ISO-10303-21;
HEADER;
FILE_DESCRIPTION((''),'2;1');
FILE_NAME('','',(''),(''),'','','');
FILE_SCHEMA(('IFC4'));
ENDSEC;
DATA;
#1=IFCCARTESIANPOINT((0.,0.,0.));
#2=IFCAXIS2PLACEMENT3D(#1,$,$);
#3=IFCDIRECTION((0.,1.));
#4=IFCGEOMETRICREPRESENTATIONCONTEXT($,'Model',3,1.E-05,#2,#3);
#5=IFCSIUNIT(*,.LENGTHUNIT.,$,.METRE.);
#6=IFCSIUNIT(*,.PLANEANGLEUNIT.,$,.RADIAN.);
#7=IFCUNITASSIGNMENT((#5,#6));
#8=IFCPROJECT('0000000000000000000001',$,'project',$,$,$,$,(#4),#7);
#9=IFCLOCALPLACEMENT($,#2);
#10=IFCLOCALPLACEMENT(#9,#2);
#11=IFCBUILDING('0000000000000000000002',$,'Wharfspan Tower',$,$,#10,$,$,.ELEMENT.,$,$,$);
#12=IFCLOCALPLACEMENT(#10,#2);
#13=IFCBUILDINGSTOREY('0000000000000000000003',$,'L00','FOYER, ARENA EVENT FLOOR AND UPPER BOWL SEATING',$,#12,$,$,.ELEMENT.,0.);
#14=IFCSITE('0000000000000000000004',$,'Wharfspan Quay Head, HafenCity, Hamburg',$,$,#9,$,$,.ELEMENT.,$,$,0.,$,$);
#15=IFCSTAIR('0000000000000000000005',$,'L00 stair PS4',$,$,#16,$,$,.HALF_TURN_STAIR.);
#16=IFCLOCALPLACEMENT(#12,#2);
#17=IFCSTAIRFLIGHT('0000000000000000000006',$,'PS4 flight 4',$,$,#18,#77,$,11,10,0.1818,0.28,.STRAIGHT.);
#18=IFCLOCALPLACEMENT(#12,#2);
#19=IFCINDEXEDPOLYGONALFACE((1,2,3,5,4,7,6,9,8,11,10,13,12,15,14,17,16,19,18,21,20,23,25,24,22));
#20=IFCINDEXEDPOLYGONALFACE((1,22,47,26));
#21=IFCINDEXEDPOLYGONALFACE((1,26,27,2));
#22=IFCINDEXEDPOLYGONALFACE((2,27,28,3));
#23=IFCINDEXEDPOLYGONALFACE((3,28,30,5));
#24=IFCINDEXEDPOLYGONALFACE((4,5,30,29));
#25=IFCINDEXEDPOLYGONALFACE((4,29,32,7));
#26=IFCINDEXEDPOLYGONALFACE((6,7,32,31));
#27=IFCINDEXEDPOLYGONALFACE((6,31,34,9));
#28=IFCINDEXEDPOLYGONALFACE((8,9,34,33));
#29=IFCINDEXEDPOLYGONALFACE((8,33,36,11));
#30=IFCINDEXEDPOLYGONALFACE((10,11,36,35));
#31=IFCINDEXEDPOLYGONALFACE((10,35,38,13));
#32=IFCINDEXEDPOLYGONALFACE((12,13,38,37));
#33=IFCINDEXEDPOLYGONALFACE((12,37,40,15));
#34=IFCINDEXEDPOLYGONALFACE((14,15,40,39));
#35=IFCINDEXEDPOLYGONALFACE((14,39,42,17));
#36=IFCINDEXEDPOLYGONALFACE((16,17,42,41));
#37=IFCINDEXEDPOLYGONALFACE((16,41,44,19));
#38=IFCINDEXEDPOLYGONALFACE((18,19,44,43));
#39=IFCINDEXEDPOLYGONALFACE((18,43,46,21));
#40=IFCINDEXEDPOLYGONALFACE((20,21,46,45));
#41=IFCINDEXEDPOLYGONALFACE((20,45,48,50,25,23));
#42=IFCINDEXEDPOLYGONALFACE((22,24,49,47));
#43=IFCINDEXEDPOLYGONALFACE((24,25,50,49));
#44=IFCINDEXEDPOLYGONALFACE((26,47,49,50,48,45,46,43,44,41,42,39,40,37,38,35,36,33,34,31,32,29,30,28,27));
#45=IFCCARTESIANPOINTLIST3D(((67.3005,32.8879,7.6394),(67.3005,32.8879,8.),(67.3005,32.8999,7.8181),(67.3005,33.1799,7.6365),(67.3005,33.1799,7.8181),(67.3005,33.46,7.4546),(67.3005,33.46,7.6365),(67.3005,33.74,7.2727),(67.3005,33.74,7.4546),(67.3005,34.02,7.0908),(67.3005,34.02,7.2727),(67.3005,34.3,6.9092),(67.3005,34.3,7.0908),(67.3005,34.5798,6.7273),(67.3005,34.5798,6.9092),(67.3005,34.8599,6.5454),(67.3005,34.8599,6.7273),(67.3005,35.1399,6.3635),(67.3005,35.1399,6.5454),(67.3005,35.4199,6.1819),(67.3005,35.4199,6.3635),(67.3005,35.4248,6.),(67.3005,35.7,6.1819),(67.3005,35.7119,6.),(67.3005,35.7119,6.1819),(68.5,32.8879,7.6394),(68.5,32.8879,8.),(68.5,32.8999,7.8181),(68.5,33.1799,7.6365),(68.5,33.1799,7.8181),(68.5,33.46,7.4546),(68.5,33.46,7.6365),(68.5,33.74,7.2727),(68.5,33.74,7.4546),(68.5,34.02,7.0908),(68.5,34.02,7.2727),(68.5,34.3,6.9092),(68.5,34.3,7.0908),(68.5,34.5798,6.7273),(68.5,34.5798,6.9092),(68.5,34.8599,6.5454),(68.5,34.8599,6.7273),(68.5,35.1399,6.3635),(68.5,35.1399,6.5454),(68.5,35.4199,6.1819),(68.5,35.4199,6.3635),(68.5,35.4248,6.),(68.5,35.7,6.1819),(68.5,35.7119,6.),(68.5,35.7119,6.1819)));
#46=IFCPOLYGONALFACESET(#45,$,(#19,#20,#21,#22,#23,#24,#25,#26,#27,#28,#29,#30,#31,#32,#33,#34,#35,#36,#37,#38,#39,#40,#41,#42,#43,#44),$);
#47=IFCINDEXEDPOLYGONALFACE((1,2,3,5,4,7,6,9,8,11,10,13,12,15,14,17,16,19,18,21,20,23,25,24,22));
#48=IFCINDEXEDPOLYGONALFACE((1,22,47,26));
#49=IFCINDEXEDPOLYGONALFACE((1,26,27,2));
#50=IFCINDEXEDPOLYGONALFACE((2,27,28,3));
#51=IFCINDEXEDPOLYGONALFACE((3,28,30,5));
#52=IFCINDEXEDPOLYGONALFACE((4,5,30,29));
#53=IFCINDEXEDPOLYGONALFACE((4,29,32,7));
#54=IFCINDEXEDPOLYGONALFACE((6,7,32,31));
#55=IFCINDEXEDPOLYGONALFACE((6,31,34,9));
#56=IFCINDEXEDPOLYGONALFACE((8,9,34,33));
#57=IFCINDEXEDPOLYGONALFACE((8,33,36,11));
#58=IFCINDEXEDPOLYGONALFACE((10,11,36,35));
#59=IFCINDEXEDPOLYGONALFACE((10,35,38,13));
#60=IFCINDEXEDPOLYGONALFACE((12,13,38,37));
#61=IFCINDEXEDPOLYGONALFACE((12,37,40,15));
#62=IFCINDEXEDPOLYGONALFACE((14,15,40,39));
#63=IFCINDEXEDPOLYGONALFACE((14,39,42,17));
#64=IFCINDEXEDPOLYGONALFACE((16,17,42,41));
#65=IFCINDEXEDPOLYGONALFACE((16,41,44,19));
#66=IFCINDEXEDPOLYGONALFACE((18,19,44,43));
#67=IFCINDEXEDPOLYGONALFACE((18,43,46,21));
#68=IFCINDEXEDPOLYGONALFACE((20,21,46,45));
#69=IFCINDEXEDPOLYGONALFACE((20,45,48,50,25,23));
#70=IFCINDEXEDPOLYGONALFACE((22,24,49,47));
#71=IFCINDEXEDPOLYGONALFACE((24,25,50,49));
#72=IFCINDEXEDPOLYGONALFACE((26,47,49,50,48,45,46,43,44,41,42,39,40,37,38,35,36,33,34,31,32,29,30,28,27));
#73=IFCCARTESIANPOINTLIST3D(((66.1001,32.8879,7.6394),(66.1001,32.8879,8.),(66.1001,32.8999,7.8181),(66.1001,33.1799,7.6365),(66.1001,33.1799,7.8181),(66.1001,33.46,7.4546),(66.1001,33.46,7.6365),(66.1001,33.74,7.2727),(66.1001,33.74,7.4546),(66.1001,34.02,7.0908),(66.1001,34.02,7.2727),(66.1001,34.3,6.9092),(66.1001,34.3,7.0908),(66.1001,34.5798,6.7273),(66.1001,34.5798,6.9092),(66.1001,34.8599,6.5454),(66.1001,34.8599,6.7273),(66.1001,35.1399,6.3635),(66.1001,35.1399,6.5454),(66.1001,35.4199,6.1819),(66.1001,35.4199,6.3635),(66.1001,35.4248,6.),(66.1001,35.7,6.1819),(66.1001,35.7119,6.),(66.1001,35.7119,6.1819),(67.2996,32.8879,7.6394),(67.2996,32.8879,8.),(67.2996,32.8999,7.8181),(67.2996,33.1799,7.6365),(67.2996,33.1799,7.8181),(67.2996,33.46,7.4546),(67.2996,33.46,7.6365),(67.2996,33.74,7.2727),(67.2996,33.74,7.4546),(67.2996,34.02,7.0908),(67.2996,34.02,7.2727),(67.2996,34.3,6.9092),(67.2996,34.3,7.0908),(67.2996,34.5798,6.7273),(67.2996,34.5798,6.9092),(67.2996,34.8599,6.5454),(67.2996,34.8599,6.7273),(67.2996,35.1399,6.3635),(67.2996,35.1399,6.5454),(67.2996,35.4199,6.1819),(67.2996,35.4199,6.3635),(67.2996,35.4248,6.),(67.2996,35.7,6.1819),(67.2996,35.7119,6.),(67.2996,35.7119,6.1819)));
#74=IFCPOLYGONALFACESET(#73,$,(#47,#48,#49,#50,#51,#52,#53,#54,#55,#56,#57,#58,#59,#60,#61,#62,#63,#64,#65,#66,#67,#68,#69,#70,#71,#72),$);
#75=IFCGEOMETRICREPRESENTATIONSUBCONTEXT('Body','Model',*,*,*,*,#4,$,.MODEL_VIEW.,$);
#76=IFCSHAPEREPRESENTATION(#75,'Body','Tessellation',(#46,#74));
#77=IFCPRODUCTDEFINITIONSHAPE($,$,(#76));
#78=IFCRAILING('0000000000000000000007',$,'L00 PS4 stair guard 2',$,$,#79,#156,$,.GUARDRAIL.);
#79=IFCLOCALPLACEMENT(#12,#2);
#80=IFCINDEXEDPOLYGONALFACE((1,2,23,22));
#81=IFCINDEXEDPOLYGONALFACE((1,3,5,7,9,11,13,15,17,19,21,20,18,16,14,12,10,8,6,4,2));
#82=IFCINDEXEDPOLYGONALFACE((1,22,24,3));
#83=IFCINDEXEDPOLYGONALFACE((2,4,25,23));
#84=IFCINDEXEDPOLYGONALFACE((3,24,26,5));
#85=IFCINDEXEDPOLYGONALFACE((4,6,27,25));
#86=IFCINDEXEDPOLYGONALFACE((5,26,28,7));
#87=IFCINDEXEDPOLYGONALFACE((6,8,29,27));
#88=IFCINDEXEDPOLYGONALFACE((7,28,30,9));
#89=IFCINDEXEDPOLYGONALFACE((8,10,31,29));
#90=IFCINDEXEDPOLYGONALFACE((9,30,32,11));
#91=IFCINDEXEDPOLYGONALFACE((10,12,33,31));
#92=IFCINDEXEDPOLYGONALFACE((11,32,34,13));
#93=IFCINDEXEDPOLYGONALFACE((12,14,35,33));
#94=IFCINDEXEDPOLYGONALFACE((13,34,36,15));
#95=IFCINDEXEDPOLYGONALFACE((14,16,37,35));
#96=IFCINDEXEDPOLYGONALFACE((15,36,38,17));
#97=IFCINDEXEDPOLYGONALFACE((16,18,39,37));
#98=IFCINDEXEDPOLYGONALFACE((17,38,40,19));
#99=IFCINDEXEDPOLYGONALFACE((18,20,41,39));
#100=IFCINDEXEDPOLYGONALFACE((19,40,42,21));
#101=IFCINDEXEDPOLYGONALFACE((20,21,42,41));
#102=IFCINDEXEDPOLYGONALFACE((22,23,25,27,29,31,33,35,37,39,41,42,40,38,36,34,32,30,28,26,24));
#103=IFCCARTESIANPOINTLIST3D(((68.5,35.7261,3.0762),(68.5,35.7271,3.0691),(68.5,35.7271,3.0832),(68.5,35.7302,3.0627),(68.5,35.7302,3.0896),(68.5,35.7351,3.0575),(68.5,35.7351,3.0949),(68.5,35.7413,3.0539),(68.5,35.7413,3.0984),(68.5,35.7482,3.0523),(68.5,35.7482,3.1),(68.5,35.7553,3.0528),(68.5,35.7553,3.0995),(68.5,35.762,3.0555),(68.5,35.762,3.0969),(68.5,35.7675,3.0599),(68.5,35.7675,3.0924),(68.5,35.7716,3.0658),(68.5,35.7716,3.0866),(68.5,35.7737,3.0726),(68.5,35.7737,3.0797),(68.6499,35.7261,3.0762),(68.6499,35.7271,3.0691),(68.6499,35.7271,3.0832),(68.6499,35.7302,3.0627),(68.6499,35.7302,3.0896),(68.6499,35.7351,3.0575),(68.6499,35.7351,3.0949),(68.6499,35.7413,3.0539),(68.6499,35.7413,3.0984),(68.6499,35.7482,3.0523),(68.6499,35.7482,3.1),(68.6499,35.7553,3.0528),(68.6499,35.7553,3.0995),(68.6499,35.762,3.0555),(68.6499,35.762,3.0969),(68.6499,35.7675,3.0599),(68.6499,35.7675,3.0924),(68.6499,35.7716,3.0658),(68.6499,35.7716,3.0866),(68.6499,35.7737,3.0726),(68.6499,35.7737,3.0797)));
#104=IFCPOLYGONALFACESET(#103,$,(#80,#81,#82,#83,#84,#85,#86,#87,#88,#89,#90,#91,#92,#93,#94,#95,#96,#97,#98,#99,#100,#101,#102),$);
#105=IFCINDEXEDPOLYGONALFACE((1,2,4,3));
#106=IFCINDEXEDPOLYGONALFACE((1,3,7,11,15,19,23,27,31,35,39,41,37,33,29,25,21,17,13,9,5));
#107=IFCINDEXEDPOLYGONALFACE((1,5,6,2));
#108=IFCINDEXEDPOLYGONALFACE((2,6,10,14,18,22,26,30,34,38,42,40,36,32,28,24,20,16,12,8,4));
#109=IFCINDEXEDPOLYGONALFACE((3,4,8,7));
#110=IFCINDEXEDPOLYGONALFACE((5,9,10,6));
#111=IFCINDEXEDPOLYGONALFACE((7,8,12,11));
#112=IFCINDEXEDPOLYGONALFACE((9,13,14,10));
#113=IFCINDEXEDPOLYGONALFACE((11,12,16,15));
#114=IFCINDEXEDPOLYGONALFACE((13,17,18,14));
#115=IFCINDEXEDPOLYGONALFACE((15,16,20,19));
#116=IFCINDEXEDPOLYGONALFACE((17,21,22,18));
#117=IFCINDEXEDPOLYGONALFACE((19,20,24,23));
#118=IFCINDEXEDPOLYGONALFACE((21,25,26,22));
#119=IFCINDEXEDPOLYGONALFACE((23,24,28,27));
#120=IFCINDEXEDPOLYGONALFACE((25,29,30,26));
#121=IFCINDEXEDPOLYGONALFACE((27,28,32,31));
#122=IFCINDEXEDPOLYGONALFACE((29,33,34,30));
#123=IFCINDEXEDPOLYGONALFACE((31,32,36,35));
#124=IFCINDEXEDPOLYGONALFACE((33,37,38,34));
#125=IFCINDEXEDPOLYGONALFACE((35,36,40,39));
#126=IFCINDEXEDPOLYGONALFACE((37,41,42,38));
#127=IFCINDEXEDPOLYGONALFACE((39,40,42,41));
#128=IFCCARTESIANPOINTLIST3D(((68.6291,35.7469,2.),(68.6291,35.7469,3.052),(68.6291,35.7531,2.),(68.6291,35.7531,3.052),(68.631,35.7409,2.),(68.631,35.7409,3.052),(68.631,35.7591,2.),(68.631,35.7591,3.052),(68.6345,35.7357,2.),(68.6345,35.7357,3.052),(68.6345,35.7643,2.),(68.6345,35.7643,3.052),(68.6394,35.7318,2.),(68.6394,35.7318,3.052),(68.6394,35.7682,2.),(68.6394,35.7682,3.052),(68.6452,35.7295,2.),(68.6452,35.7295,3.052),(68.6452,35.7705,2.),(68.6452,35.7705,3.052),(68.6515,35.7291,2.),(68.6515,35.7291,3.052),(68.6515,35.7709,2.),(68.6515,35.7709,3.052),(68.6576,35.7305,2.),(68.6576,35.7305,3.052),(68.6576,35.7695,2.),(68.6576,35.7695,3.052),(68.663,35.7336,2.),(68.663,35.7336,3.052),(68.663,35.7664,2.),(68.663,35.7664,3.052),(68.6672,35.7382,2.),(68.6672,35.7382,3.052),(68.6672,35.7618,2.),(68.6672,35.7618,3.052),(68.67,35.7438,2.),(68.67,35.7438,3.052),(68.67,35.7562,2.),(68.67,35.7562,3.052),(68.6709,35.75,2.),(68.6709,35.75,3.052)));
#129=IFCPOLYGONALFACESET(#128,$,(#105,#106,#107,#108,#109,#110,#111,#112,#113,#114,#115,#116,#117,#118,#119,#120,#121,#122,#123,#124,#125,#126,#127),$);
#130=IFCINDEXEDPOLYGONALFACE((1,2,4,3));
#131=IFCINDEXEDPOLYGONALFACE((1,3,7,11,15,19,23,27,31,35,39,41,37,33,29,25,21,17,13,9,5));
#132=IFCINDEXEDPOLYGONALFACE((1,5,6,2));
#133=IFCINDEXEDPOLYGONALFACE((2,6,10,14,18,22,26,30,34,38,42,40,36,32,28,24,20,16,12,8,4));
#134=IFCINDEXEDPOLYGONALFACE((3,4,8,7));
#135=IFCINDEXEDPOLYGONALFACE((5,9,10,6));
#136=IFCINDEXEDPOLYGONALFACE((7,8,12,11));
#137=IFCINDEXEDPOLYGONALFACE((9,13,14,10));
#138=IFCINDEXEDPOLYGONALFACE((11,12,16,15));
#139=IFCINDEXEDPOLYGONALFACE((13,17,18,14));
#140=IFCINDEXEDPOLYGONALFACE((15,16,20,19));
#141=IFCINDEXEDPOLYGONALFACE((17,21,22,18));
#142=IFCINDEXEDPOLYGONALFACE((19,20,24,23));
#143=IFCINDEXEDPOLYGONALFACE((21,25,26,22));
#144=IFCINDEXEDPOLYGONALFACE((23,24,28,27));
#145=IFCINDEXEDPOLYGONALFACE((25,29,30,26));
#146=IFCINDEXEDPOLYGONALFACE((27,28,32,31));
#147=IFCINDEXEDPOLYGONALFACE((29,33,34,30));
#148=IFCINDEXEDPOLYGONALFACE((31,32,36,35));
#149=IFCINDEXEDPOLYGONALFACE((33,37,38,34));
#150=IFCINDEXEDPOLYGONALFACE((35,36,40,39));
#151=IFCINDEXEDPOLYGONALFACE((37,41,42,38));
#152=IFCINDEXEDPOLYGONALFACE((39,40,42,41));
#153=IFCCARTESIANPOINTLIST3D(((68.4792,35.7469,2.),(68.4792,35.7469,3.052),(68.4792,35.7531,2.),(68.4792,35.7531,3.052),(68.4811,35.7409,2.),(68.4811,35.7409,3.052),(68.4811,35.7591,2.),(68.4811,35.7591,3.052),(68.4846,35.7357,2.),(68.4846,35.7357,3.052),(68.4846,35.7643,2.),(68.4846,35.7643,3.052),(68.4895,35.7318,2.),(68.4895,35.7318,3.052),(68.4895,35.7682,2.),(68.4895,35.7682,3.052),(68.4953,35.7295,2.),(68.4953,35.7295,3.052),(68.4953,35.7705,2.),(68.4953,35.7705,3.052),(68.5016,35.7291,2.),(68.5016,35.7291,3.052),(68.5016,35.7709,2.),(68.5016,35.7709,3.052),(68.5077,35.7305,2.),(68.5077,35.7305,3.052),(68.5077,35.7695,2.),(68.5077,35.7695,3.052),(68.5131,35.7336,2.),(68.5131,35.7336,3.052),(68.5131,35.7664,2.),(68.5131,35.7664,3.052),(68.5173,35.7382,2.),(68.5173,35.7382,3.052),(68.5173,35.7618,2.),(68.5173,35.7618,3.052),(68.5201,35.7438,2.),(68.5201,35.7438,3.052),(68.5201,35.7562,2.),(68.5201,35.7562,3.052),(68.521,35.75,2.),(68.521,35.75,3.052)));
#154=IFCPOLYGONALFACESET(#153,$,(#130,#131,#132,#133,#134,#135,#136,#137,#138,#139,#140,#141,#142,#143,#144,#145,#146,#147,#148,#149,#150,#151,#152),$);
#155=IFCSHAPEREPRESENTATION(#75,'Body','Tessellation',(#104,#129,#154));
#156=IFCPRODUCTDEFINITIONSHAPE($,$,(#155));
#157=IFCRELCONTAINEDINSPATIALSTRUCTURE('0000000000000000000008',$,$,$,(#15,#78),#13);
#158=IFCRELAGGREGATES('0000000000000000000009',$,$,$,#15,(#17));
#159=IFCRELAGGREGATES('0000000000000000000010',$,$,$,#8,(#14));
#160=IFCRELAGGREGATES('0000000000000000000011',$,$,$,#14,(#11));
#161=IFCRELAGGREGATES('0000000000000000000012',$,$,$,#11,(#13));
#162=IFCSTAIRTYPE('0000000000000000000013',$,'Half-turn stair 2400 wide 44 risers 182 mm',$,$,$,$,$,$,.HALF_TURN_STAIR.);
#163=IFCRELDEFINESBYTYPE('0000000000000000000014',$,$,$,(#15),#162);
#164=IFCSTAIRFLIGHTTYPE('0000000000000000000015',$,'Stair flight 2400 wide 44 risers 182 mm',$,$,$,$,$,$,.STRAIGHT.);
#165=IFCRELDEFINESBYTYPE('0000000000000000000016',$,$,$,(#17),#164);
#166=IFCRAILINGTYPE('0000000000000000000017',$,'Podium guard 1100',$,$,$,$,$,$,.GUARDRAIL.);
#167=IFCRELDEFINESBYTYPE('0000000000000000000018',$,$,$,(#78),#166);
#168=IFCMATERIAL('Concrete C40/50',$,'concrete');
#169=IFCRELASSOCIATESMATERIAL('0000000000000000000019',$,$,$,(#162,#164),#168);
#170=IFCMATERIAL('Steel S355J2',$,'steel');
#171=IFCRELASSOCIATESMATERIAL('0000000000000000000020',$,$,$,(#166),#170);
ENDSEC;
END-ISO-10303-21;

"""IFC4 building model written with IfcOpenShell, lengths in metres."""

from ifc_helpers import new_model, si_unit, direction, frame, origin, origin_2d, place, context, subcontext, project, spatial, polyline, circle, outline, extrude, material, type_object, element, aggregate, save


model = new_model("IFC4")

# Units and contexts
model_context = context("Model", 3, precision=1e-05, world=origin(), true_north=direction((0.0, 1.0)))
body_context = subcontext(model_context, "Body", "Model", "MODEL_VIEW")
ifc_project = project(units=[si_unit("LENGTHUNIT", "METRE"), si_unit("PLANEANGLEUNIT", "RADIAN")], contexts=[model_context])

# Site, building, storey
site_placement = place(None, origin())
site = spatial("IfcSite", under=ifc_project, at=site_placement, Name="Wharfspan Quay Head, HafenCity, Hamburg", CompositionType="ELEMENT", RefElevation=0.0)
building_placement = place(site_placement, origin())
building = spatial("IfcBuilding", under=site, at=building_placement, Name="Wharfspan Tower", CompositionType="ELEMENT")
storey_placement = place(building_placement, origin())
storey = spatial("IfcBuildingStorey", under=building, at=storey_placement, Name="L00", Description="FOYER, ARENA EVENT FLOOR AND UPPER BOWL SEATING", CompositionType="ELEMENT", Elevation=0.0)

# Shared definitions
ifc_material_1 = material(Name="Steel S355J2", Category="steel")

# Shared definitions
ifc_material_2 = material(Name="Concrete C40/50", Category="concrete")

# Stair, stair flight
stair_type = type_object("IfcStairType", Name="Half-turn stair 2400 wide 44 risers 182 mm", PredefinedType="HALF_TURN_STAIR", material=ifc_material_2)
stair_placement = place(storey_placement, origin())
stair = element("IfcStair", 1, at=stair_placement, inside=storey, type_object=stair_type, Name="L00 stair PS4", PredefinedType="HALF_TURN_STAIR")
stair_flight_type = type_object("IfcStairFlightType", Name="Stair flight 2400 wide 44 risers 182 mm", PredefinedType="STRAIGHT", material=ifc_material_2)
stair_flight_1_placement = place(storey_placement, frame((67.3, 35.7, 6.0), z_axis=(0.0, 0.0, 1.0), x_axis=(0.0, -1.0, 0.0)))
stair_flight_1 = element("IfcStairFlight", 2, at=stair_flight_1_placement, type_object=stair_flight_type, Name="PS4 flight 4", NumberOfRisers=11, NumberOfTreads=10, PredefinedType="STRAIGHT", RiserHeight=0.1818, TreadLength=0.28, context=body_context, shape_type="SweptSolid", body=[
    extrude(outline(polyline([(-0.012, 0.0), (-0.012, 0.1819), (0.0, 0.1819), (0.28, 0.1819), (0.28, 0.3635), (0.5601, 0.3635), (0.5601, 0.5454), (0.8401, 0.5454), (0.8401, 0.7273), (1.1201, 0.7273), (1.1201, 0.9092), (1.3999, 0.9092), (1.3999, 1.0908), (1.6799, 1.0908), (1.6799, 1.2727), (1.96, 1.2727), (1.96, 1.4546), (2.24, 1.4546), (2.24, 1.6365), (2.52, 1.6365), (2.52, 1.8181), (2.8, 1.8181), (2.812, 2.0), (2.812, 1.6394), (0.2751, 0.0), (-0.012, 0.0)])), frame((0.0, 1.2, 0.0), z_axis=(0.0, -1.0, 0.0), x_axis=(1.0, 0.0, 0.0)), (0.0, 0.0, 1.0), 1.1995),
    extrude(outline(polyline([(-0.012, 0.0), (-0.012, 0.1819), (0.0, 0.1819), (0.28, 0.1819), (0.28, 0.3635), (0.5601, 0.3635), (0.5601, 0.5454), (0.8401, 0.5454), (0.8401, 0.7273), (1.1201, 0.7273), (1.1201, 0.9092), (1.3999, 0.9092), (1.3999, 1.0908), (1.6799, 1.0908), (1.6799, 1.2727), (1.96, 1.2727), (1.96, 1.4546), (2.24, 1.4546), (2.24, 1.6365), (2.52, 1.6365), (2.52, 1.8181), (2.8, 1.8181), (2.812, 2.0), (2.812, 1.6394), (0.2751, 0.0), (-0.012, 0.0)])), frame((0.0, -0.0005, 0.0), z_axis=(0.0, -1.0, 0.0), x_axis=(1.0, 0.0, 0.0)), (0.0, 0.0, 1.0), 1.1995),
])
aggregate(stair, [stair_flight_1])

# Railing
railing_type = type_object("IfcRailingType", Name="Podium guard 1100", PredefinedType="GUARDRAIL", material=ifc_material_1)
railing_1_placement = place(storey_placement, frame((68.6499, 35.75, 2.0)))
element("IfcRailing", 3, at=railing_1_placement, inside=storey, type_object=railing_type, Name="L00 PS4 stair guard 2", PredefinedType="GUARDRAIL", context=body_context, shape_type="SweptSolid", body=[
    extrude(circle(Radius=0.0239, at=origin_2d()), frame((0.0, 0.0, 1.0762), z_axis=(-1.0, 0.0, 0.0), x_axis=(0.0, -1.0, 0.0)), (0.0, 0.0, 1.0), 0.1499),
    extrude(circle(Radius=0.021, at=origin_2d()), origin(), (0.0, 0.0, 1.0), 1.052),
    extrude(circle(Radius=0.021, at=origin_2d()), frame((-0.1499, 0.0, 0.0)), (0.0, 0.0, 1.0), 1.052),
])

save(model, "model.ifc")
